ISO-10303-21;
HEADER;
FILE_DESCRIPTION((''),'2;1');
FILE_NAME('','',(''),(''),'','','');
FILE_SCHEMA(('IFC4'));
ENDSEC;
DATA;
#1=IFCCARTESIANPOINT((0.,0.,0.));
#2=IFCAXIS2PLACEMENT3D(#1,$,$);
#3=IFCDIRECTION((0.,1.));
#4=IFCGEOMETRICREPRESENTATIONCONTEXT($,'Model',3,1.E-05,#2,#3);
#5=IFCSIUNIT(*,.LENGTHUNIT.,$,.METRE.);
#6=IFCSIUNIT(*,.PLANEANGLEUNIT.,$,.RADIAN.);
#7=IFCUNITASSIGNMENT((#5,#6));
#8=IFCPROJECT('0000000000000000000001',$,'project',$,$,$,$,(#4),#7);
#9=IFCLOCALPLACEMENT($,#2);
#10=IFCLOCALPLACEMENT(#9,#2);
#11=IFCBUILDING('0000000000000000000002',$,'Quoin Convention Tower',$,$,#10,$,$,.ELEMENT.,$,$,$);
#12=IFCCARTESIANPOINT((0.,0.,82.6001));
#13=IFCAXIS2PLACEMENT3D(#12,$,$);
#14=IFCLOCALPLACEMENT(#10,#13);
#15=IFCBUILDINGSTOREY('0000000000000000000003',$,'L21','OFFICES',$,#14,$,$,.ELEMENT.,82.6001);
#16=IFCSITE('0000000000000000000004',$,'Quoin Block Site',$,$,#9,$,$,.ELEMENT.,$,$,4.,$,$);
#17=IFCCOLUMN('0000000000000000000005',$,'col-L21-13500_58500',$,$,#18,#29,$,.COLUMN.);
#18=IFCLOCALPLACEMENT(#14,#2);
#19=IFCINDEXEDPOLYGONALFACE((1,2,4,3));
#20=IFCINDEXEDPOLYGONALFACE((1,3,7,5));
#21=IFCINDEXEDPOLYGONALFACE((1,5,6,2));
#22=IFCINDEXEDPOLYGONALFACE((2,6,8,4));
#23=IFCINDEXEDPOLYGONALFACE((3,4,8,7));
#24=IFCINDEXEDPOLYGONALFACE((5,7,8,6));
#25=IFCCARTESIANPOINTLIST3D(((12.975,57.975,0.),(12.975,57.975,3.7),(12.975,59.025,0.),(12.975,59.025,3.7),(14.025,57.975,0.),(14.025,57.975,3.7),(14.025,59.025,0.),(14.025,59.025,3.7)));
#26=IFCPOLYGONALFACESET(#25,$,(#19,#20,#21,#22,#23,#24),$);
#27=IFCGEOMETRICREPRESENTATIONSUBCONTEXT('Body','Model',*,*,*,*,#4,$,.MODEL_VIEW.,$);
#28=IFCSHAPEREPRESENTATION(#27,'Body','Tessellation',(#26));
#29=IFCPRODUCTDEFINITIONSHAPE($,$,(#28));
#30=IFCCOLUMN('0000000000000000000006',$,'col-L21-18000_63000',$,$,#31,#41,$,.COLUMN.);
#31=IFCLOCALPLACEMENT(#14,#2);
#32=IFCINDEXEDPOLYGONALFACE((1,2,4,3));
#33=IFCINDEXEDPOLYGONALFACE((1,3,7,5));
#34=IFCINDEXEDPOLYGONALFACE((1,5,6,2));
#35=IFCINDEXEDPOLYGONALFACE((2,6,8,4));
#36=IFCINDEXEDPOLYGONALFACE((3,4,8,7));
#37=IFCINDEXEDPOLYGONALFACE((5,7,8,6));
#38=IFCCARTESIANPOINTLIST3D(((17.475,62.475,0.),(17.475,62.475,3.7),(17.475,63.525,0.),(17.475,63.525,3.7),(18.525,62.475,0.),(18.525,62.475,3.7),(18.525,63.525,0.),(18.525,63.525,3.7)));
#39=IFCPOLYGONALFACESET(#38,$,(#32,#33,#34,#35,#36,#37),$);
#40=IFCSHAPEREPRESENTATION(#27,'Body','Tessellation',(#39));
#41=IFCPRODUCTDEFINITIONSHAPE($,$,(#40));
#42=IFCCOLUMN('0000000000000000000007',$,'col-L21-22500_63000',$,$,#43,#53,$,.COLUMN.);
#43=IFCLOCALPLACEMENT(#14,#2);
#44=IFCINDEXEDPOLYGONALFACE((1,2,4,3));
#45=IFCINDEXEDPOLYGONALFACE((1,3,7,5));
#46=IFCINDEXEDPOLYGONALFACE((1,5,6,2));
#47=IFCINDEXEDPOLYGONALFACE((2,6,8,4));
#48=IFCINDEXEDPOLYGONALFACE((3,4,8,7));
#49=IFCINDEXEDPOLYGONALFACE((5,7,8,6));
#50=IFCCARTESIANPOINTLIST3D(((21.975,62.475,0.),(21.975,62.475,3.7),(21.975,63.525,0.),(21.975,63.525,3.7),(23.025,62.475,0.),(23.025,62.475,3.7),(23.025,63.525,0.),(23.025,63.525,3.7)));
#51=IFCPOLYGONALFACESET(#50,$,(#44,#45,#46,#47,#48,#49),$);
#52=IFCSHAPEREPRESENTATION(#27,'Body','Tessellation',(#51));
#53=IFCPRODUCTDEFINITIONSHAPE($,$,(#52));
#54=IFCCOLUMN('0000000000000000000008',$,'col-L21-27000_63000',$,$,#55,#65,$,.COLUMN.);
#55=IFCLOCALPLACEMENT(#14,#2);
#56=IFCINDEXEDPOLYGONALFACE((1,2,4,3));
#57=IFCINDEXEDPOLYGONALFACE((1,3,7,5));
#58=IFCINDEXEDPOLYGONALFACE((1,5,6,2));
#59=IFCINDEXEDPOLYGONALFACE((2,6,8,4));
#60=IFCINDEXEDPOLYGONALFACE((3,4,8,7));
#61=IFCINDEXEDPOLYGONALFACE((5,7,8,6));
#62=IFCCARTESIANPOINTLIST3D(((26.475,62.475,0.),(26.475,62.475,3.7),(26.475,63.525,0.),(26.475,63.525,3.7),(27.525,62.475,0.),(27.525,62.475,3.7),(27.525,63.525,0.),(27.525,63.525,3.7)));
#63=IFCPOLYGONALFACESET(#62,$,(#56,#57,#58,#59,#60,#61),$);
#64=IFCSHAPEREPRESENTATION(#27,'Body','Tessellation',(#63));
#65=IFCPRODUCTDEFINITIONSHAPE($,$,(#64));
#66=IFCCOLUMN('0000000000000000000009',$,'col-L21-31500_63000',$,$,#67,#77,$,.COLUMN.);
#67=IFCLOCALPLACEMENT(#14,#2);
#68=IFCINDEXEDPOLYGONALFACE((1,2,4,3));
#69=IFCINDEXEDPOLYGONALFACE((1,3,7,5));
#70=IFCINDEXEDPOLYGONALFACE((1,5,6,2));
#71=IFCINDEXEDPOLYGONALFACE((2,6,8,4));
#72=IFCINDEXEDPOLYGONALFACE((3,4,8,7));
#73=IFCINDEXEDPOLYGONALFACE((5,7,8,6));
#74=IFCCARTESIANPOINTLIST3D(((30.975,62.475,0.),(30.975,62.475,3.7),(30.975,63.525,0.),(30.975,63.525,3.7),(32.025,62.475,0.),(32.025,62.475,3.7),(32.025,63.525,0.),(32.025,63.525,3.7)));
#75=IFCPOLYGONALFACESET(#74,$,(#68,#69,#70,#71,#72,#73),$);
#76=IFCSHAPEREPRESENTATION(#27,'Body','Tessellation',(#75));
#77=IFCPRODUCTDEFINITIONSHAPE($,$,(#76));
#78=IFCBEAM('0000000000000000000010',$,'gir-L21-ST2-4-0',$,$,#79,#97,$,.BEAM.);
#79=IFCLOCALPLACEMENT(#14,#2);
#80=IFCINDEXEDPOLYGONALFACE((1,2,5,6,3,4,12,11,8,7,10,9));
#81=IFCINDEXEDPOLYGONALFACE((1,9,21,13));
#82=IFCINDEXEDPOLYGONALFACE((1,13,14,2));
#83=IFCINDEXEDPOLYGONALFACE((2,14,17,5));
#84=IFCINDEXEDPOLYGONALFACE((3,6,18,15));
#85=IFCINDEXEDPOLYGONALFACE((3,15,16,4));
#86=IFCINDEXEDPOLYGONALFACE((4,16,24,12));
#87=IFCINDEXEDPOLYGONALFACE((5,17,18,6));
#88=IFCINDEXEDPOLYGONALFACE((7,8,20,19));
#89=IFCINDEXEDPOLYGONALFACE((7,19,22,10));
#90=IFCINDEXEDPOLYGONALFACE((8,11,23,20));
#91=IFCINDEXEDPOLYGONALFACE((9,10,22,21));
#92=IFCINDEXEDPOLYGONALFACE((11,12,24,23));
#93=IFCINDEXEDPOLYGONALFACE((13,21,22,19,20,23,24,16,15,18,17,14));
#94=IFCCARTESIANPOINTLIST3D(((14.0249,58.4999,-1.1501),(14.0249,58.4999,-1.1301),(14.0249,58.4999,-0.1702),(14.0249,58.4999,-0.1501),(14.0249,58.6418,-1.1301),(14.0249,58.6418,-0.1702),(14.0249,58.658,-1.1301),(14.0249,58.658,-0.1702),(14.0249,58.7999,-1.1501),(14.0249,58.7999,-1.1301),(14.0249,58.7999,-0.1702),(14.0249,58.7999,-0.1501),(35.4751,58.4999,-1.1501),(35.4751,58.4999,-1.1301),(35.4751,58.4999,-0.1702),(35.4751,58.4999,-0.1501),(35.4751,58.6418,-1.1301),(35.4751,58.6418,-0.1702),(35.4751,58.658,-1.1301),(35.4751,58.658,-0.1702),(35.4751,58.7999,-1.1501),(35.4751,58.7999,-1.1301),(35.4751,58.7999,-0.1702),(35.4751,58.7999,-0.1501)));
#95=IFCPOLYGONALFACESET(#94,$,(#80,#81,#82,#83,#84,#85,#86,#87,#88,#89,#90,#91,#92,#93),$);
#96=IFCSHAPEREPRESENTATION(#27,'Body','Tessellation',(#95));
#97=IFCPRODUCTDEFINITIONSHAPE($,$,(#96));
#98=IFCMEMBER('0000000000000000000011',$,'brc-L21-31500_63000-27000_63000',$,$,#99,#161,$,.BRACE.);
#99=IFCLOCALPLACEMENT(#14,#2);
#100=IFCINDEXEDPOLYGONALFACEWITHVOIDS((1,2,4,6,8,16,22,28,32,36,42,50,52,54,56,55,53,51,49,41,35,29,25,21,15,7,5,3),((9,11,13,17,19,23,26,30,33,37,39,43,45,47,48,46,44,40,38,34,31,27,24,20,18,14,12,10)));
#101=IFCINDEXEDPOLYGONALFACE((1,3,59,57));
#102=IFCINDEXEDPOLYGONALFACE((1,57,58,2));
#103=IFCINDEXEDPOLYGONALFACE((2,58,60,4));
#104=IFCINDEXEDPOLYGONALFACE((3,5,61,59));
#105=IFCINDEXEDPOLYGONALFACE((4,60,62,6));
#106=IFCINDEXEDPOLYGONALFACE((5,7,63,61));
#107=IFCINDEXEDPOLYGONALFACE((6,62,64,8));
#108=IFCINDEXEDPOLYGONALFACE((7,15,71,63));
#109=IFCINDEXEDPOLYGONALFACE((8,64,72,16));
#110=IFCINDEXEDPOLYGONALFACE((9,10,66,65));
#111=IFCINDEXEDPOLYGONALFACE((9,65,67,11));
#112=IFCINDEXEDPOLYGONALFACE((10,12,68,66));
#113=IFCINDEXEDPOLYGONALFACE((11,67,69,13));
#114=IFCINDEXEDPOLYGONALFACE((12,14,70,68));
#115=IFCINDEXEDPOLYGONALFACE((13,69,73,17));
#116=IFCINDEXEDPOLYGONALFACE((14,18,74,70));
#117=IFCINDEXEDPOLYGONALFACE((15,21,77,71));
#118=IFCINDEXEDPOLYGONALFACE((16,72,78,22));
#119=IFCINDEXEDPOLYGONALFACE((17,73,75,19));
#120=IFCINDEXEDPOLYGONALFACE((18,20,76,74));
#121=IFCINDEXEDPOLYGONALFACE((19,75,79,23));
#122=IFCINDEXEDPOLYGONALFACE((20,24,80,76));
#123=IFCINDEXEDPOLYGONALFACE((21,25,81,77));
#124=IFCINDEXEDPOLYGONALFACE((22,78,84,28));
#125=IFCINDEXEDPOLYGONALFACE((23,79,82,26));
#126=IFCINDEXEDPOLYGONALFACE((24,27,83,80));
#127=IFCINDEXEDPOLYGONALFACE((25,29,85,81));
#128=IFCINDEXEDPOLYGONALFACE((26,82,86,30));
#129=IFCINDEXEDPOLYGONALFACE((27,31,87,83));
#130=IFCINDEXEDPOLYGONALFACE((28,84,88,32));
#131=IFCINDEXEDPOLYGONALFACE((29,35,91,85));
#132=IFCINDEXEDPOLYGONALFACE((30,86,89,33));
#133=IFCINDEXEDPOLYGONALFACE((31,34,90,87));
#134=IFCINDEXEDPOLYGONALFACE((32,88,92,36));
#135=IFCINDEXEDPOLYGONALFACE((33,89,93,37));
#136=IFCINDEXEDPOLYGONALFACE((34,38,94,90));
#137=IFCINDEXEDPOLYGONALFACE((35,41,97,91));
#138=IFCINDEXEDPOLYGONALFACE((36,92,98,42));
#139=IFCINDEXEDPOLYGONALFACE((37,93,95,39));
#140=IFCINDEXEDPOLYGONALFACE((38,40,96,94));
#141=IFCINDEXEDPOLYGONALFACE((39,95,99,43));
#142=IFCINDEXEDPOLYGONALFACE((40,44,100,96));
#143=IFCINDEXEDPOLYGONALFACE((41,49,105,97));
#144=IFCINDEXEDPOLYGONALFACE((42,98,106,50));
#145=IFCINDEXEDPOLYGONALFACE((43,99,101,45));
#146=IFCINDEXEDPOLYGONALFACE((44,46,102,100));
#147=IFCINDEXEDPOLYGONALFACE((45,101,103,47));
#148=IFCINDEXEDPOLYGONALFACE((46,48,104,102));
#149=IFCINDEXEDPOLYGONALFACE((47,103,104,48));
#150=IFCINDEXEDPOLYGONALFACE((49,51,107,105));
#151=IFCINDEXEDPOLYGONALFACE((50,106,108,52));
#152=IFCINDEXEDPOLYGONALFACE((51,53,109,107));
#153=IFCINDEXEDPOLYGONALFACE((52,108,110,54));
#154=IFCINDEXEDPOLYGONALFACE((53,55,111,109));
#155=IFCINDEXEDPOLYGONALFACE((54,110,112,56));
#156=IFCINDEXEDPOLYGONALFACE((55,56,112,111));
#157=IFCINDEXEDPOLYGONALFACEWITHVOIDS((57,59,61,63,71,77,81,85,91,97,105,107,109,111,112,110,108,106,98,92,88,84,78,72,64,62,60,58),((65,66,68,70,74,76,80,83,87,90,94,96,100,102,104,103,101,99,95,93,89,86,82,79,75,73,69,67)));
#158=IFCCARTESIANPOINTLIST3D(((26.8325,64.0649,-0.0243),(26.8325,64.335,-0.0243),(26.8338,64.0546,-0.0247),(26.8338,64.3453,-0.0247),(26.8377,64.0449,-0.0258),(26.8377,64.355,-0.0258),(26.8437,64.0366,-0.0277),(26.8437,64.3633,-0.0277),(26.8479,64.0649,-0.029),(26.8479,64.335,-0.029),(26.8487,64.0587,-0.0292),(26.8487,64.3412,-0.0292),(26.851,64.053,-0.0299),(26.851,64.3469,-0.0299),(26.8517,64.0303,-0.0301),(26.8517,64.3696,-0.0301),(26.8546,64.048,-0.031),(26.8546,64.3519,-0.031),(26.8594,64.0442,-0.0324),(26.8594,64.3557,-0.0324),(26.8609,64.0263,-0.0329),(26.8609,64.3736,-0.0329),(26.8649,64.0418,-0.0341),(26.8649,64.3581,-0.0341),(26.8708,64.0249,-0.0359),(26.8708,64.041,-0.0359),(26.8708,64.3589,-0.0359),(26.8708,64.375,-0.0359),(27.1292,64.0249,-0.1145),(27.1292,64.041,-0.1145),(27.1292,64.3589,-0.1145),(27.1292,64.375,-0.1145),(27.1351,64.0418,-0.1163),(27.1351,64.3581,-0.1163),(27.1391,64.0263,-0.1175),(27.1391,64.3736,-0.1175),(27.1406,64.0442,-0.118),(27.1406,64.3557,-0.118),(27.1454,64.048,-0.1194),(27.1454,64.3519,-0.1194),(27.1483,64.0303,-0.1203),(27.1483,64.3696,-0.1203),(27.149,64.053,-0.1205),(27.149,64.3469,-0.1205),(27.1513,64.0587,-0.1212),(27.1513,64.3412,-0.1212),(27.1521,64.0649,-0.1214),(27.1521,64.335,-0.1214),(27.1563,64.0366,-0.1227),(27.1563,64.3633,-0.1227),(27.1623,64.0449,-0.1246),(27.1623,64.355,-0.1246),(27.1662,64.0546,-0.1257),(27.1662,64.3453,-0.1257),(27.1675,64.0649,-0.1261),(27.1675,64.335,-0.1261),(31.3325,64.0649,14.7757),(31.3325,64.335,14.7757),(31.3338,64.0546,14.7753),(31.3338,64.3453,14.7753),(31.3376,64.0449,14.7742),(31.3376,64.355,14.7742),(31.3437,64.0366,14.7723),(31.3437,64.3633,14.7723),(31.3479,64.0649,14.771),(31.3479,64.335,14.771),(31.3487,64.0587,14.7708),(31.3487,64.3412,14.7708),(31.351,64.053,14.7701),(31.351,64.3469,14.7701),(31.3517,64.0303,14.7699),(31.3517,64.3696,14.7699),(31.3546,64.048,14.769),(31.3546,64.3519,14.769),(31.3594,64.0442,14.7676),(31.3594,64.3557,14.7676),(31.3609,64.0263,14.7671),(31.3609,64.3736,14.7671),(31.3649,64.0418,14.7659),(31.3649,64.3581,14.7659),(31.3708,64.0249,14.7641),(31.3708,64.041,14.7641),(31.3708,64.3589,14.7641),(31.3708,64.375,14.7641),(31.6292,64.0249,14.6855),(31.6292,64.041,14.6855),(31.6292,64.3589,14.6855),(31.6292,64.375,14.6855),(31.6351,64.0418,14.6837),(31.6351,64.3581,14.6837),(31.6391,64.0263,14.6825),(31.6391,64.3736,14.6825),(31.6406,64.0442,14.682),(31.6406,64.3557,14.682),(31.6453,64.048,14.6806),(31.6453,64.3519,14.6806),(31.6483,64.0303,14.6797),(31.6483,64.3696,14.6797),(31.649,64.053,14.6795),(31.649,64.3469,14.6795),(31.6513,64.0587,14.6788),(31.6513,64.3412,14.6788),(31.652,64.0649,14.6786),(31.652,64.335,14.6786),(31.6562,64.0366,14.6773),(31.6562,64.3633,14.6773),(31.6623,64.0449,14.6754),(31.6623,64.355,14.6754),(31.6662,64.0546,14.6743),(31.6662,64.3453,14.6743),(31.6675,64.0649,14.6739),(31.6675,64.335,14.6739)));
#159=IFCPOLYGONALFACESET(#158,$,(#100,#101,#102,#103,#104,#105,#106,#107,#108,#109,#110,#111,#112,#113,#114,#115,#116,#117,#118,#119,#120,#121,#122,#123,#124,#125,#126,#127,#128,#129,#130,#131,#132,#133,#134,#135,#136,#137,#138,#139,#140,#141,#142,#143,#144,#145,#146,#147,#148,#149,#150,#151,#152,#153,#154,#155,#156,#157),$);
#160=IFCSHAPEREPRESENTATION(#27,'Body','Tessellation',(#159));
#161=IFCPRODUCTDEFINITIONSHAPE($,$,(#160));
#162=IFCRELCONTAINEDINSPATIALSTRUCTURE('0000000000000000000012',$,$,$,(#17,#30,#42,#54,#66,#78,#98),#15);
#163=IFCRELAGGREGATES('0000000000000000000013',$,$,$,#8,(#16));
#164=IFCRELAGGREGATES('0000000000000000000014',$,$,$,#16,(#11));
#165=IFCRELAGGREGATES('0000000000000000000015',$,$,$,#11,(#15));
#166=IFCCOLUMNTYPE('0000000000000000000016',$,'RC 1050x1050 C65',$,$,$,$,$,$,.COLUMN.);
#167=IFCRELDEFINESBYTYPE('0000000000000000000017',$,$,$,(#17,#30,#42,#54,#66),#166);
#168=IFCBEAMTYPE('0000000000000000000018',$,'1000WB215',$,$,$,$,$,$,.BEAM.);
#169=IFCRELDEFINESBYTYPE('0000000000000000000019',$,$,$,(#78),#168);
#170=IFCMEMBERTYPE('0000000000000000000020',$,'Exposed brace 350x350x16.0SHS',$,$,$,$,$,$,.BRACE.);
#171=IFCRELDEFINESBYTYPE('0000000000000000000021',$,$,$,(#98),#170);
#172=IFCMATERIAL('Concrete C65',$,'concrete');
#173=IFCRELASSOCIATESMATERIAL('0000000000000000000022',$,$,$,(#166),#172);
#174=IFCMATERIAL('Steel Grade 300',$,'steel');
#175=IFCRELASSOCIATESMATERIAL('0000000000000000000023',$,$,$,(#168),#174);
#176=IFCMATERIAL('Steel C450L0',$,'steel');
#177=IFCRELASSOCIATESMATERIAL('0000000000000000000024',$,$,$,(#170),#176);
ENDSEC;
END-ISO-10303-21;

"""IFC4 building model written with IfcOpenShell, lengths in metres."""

from ifc_helpers import new_model, si_unit, direction, frame, origin, origin_2d, place, context, subcontext, project, spatial, rectangle, hollow_rectangle, i_section, extrude, material, material_profile, profile_set, type_object, element, save


model = new_model("IFC4")

# Units and contexts
model_context = context("Model", 3, precision=1e-05, world=origin(), true_north=direction((0.0, 1.0)))
body_context = subcontext(model_context, "Body", "Model", "MODEL_VIEW")
ifc_project = project(units=[si_unit("LENGTHUNIT", "METRE"), si_unit("PLANEANGLEUNIT", "RADIAN")], contexts=[model_context])

# Site, building, storey
site_placement = place(None, origin())
site = spatial("IfcSite", under=ifc_project, at=site_placement, Name="Quoin Block Site", CompositionType="ELEMENT", RefElevation=4.0)
building_placement = place(site_placement, origin())
building = spatial("IfcBuilding", under=site, at=building_placement, Name="Quoin Convention Tower", CompositionType="ELEMENT")
storey_placement = place(building_placement, frame((0.0, 0.0, 82.6001)))
storey = spatial("IfcBuildingStorey", under=building, at=storey_placement, Name="L21", Description="OFFICES", CompositionType="ELEMENT", Elevation=82.6001)

# Columns
ifc_material_1 = material(Name="Concrete C65", Category="concrete")
ifc_material_profile_1 = material_profile(ifc_material_1, rectangle(XDim=1.05, YDim=1.05, at=origin_2d()), Name="RC 1050x1050")
ifc_profile_set_1 = profile_set([ifc_material_profile_1], Name="Concrete C65")
column_type = type_object("IfcColumnType", Name="RC 1050x1050 C65", PredefinedType="COLUMN", material=ifc_profile_set_1)
for number, where, z_axis, x_axis, name in (
    (1, (13.5, 58.5, 0.0), (0.0, 0.0, 1.0), (1.0, 0.0, 0.0), "col-L21-13500_58500"),
    (2, (18.0, 63.0, 0.0), (0.0, 0.0, 1.0), (1.0, 0.0, 0.0), "col-L21-18000_63000"),
    (3, (22.5, 63.0, 0.0), (0.0, 0.0, 1.0), (1.0, 0.0, 0.0), "col-L21-22500_63000"),
    (4, (27.0, 63.0, 0.0), (0.0, 0.0, 1.0), (1.0, 0.0, 0.0), "col-L21-27000_63000"),
    (5, (31.5, 63.0, 0.0), (0.0, 0.0, 1.0), (1.0, 0.0, 0.0), "col-L21-31500_63000"),
):
    element("IfcColumn", number, at=place(storey_placement, frame(where, z_axis=z_axis, x_axis=x_axis)), inside=storey, type_object=column_type, Name=name, PredefinedType="COLUMN", context=body_context, shape_type="SweptSolid", body=[
        extrude(rectangle(XDim=1.05, YDim=1.05, at=origin_2d()), origin(), (0.0, 0.0, 1.0), 3.7),
    ])

# Beam
ifc_material_2 = material(Name="Steel Grade 300", Category="steel")
ifc_material_profile_2 = material_profile(ifc_material_2, i_section(OverallWidth=0.3, OverallDepth=1.0, WebThickness=0.0161, FlangeThickness=0.02, at=origin_2d()), Name="1000WB215")
ifc_profile_set_2 = profile_set([ifc_material_profile_2], Name="Steel Grade 300")
beam_type_1 = type_object("IfcBeamType", Name="1000WB215", PredefinedType="BEAM", material=ifc_profile_set_2)
beam_1_placement = place(storey_placement, frame((14.0249, 58.6499, -0.6501), z_axis=(1.0, 0.0, 0.0), x_axis=(0.0, 1.0, 0.0)))
element("IfcBeam", 6, at=beam_1_placement, inside=storey, type_object=beam_type_1, Name="gir-L21-ST2-4-0", PredefinedType="BEAM", context=body_context, shape_type="SweptSolid", body=[
    extrude(i_section(OverallWidth=0.3, OverallDepth=1.0, WebThickness=0.0161, FlangeThickness=0.02, at=origin_2d()), origin(), (0.0, 0.0, 1.0), 21.4502),
])

# Member
ifc_material_3 = material(Name="Steel C450L0", Category="steel")
ifc_material_profile_3 = material_profile(ifc_material_3, hollow_rectangle(XDim=0.3501, YDim=0.3501, WallThickness=0.0161, InnerFilletRadius=0.0239, OuterFilletRadius=0.04, at=origin_2d()), Name="350x350x16.0SHS")
ifc_profile_set_3 = profile_set([ifc_material_profile_3], Name="Steel C450L0")
member_type = type_object("IfcMemberType", Name="Exposed brace 350x350x16.0SHS", PredefinedType="BRACE", material=ifc_profile_set_3)
for number, where, z_axis, x_axis, name in (
    (7, (27.0, 64.2, -0.0752), (0.290903, 0.0, 0.956752), (0.0, 1.0, 0.0), "brc-L21-31500_63000-27000_63000"),
):
    element("IfcMember", number, at=place(storey_placement, frame(where, z_axis=z_axis, x_axis=x_axis)), inside=storey, type_object=member_type, Name=name, PredefinedType="BRACE", context=body_context, shape_type="SweptSolid", body=[
        extrude(hollow_rectangle(XDim=0.3501, YDim=0.3501, WallThickness=0.0161, InnerFilletRadius=0.0239, OuterFilletRadius=0.04, at=origin_2d()), origin(), (0.0, 0.0, 1.0), 15.469),
    ])

save(model, "model.ifc")
